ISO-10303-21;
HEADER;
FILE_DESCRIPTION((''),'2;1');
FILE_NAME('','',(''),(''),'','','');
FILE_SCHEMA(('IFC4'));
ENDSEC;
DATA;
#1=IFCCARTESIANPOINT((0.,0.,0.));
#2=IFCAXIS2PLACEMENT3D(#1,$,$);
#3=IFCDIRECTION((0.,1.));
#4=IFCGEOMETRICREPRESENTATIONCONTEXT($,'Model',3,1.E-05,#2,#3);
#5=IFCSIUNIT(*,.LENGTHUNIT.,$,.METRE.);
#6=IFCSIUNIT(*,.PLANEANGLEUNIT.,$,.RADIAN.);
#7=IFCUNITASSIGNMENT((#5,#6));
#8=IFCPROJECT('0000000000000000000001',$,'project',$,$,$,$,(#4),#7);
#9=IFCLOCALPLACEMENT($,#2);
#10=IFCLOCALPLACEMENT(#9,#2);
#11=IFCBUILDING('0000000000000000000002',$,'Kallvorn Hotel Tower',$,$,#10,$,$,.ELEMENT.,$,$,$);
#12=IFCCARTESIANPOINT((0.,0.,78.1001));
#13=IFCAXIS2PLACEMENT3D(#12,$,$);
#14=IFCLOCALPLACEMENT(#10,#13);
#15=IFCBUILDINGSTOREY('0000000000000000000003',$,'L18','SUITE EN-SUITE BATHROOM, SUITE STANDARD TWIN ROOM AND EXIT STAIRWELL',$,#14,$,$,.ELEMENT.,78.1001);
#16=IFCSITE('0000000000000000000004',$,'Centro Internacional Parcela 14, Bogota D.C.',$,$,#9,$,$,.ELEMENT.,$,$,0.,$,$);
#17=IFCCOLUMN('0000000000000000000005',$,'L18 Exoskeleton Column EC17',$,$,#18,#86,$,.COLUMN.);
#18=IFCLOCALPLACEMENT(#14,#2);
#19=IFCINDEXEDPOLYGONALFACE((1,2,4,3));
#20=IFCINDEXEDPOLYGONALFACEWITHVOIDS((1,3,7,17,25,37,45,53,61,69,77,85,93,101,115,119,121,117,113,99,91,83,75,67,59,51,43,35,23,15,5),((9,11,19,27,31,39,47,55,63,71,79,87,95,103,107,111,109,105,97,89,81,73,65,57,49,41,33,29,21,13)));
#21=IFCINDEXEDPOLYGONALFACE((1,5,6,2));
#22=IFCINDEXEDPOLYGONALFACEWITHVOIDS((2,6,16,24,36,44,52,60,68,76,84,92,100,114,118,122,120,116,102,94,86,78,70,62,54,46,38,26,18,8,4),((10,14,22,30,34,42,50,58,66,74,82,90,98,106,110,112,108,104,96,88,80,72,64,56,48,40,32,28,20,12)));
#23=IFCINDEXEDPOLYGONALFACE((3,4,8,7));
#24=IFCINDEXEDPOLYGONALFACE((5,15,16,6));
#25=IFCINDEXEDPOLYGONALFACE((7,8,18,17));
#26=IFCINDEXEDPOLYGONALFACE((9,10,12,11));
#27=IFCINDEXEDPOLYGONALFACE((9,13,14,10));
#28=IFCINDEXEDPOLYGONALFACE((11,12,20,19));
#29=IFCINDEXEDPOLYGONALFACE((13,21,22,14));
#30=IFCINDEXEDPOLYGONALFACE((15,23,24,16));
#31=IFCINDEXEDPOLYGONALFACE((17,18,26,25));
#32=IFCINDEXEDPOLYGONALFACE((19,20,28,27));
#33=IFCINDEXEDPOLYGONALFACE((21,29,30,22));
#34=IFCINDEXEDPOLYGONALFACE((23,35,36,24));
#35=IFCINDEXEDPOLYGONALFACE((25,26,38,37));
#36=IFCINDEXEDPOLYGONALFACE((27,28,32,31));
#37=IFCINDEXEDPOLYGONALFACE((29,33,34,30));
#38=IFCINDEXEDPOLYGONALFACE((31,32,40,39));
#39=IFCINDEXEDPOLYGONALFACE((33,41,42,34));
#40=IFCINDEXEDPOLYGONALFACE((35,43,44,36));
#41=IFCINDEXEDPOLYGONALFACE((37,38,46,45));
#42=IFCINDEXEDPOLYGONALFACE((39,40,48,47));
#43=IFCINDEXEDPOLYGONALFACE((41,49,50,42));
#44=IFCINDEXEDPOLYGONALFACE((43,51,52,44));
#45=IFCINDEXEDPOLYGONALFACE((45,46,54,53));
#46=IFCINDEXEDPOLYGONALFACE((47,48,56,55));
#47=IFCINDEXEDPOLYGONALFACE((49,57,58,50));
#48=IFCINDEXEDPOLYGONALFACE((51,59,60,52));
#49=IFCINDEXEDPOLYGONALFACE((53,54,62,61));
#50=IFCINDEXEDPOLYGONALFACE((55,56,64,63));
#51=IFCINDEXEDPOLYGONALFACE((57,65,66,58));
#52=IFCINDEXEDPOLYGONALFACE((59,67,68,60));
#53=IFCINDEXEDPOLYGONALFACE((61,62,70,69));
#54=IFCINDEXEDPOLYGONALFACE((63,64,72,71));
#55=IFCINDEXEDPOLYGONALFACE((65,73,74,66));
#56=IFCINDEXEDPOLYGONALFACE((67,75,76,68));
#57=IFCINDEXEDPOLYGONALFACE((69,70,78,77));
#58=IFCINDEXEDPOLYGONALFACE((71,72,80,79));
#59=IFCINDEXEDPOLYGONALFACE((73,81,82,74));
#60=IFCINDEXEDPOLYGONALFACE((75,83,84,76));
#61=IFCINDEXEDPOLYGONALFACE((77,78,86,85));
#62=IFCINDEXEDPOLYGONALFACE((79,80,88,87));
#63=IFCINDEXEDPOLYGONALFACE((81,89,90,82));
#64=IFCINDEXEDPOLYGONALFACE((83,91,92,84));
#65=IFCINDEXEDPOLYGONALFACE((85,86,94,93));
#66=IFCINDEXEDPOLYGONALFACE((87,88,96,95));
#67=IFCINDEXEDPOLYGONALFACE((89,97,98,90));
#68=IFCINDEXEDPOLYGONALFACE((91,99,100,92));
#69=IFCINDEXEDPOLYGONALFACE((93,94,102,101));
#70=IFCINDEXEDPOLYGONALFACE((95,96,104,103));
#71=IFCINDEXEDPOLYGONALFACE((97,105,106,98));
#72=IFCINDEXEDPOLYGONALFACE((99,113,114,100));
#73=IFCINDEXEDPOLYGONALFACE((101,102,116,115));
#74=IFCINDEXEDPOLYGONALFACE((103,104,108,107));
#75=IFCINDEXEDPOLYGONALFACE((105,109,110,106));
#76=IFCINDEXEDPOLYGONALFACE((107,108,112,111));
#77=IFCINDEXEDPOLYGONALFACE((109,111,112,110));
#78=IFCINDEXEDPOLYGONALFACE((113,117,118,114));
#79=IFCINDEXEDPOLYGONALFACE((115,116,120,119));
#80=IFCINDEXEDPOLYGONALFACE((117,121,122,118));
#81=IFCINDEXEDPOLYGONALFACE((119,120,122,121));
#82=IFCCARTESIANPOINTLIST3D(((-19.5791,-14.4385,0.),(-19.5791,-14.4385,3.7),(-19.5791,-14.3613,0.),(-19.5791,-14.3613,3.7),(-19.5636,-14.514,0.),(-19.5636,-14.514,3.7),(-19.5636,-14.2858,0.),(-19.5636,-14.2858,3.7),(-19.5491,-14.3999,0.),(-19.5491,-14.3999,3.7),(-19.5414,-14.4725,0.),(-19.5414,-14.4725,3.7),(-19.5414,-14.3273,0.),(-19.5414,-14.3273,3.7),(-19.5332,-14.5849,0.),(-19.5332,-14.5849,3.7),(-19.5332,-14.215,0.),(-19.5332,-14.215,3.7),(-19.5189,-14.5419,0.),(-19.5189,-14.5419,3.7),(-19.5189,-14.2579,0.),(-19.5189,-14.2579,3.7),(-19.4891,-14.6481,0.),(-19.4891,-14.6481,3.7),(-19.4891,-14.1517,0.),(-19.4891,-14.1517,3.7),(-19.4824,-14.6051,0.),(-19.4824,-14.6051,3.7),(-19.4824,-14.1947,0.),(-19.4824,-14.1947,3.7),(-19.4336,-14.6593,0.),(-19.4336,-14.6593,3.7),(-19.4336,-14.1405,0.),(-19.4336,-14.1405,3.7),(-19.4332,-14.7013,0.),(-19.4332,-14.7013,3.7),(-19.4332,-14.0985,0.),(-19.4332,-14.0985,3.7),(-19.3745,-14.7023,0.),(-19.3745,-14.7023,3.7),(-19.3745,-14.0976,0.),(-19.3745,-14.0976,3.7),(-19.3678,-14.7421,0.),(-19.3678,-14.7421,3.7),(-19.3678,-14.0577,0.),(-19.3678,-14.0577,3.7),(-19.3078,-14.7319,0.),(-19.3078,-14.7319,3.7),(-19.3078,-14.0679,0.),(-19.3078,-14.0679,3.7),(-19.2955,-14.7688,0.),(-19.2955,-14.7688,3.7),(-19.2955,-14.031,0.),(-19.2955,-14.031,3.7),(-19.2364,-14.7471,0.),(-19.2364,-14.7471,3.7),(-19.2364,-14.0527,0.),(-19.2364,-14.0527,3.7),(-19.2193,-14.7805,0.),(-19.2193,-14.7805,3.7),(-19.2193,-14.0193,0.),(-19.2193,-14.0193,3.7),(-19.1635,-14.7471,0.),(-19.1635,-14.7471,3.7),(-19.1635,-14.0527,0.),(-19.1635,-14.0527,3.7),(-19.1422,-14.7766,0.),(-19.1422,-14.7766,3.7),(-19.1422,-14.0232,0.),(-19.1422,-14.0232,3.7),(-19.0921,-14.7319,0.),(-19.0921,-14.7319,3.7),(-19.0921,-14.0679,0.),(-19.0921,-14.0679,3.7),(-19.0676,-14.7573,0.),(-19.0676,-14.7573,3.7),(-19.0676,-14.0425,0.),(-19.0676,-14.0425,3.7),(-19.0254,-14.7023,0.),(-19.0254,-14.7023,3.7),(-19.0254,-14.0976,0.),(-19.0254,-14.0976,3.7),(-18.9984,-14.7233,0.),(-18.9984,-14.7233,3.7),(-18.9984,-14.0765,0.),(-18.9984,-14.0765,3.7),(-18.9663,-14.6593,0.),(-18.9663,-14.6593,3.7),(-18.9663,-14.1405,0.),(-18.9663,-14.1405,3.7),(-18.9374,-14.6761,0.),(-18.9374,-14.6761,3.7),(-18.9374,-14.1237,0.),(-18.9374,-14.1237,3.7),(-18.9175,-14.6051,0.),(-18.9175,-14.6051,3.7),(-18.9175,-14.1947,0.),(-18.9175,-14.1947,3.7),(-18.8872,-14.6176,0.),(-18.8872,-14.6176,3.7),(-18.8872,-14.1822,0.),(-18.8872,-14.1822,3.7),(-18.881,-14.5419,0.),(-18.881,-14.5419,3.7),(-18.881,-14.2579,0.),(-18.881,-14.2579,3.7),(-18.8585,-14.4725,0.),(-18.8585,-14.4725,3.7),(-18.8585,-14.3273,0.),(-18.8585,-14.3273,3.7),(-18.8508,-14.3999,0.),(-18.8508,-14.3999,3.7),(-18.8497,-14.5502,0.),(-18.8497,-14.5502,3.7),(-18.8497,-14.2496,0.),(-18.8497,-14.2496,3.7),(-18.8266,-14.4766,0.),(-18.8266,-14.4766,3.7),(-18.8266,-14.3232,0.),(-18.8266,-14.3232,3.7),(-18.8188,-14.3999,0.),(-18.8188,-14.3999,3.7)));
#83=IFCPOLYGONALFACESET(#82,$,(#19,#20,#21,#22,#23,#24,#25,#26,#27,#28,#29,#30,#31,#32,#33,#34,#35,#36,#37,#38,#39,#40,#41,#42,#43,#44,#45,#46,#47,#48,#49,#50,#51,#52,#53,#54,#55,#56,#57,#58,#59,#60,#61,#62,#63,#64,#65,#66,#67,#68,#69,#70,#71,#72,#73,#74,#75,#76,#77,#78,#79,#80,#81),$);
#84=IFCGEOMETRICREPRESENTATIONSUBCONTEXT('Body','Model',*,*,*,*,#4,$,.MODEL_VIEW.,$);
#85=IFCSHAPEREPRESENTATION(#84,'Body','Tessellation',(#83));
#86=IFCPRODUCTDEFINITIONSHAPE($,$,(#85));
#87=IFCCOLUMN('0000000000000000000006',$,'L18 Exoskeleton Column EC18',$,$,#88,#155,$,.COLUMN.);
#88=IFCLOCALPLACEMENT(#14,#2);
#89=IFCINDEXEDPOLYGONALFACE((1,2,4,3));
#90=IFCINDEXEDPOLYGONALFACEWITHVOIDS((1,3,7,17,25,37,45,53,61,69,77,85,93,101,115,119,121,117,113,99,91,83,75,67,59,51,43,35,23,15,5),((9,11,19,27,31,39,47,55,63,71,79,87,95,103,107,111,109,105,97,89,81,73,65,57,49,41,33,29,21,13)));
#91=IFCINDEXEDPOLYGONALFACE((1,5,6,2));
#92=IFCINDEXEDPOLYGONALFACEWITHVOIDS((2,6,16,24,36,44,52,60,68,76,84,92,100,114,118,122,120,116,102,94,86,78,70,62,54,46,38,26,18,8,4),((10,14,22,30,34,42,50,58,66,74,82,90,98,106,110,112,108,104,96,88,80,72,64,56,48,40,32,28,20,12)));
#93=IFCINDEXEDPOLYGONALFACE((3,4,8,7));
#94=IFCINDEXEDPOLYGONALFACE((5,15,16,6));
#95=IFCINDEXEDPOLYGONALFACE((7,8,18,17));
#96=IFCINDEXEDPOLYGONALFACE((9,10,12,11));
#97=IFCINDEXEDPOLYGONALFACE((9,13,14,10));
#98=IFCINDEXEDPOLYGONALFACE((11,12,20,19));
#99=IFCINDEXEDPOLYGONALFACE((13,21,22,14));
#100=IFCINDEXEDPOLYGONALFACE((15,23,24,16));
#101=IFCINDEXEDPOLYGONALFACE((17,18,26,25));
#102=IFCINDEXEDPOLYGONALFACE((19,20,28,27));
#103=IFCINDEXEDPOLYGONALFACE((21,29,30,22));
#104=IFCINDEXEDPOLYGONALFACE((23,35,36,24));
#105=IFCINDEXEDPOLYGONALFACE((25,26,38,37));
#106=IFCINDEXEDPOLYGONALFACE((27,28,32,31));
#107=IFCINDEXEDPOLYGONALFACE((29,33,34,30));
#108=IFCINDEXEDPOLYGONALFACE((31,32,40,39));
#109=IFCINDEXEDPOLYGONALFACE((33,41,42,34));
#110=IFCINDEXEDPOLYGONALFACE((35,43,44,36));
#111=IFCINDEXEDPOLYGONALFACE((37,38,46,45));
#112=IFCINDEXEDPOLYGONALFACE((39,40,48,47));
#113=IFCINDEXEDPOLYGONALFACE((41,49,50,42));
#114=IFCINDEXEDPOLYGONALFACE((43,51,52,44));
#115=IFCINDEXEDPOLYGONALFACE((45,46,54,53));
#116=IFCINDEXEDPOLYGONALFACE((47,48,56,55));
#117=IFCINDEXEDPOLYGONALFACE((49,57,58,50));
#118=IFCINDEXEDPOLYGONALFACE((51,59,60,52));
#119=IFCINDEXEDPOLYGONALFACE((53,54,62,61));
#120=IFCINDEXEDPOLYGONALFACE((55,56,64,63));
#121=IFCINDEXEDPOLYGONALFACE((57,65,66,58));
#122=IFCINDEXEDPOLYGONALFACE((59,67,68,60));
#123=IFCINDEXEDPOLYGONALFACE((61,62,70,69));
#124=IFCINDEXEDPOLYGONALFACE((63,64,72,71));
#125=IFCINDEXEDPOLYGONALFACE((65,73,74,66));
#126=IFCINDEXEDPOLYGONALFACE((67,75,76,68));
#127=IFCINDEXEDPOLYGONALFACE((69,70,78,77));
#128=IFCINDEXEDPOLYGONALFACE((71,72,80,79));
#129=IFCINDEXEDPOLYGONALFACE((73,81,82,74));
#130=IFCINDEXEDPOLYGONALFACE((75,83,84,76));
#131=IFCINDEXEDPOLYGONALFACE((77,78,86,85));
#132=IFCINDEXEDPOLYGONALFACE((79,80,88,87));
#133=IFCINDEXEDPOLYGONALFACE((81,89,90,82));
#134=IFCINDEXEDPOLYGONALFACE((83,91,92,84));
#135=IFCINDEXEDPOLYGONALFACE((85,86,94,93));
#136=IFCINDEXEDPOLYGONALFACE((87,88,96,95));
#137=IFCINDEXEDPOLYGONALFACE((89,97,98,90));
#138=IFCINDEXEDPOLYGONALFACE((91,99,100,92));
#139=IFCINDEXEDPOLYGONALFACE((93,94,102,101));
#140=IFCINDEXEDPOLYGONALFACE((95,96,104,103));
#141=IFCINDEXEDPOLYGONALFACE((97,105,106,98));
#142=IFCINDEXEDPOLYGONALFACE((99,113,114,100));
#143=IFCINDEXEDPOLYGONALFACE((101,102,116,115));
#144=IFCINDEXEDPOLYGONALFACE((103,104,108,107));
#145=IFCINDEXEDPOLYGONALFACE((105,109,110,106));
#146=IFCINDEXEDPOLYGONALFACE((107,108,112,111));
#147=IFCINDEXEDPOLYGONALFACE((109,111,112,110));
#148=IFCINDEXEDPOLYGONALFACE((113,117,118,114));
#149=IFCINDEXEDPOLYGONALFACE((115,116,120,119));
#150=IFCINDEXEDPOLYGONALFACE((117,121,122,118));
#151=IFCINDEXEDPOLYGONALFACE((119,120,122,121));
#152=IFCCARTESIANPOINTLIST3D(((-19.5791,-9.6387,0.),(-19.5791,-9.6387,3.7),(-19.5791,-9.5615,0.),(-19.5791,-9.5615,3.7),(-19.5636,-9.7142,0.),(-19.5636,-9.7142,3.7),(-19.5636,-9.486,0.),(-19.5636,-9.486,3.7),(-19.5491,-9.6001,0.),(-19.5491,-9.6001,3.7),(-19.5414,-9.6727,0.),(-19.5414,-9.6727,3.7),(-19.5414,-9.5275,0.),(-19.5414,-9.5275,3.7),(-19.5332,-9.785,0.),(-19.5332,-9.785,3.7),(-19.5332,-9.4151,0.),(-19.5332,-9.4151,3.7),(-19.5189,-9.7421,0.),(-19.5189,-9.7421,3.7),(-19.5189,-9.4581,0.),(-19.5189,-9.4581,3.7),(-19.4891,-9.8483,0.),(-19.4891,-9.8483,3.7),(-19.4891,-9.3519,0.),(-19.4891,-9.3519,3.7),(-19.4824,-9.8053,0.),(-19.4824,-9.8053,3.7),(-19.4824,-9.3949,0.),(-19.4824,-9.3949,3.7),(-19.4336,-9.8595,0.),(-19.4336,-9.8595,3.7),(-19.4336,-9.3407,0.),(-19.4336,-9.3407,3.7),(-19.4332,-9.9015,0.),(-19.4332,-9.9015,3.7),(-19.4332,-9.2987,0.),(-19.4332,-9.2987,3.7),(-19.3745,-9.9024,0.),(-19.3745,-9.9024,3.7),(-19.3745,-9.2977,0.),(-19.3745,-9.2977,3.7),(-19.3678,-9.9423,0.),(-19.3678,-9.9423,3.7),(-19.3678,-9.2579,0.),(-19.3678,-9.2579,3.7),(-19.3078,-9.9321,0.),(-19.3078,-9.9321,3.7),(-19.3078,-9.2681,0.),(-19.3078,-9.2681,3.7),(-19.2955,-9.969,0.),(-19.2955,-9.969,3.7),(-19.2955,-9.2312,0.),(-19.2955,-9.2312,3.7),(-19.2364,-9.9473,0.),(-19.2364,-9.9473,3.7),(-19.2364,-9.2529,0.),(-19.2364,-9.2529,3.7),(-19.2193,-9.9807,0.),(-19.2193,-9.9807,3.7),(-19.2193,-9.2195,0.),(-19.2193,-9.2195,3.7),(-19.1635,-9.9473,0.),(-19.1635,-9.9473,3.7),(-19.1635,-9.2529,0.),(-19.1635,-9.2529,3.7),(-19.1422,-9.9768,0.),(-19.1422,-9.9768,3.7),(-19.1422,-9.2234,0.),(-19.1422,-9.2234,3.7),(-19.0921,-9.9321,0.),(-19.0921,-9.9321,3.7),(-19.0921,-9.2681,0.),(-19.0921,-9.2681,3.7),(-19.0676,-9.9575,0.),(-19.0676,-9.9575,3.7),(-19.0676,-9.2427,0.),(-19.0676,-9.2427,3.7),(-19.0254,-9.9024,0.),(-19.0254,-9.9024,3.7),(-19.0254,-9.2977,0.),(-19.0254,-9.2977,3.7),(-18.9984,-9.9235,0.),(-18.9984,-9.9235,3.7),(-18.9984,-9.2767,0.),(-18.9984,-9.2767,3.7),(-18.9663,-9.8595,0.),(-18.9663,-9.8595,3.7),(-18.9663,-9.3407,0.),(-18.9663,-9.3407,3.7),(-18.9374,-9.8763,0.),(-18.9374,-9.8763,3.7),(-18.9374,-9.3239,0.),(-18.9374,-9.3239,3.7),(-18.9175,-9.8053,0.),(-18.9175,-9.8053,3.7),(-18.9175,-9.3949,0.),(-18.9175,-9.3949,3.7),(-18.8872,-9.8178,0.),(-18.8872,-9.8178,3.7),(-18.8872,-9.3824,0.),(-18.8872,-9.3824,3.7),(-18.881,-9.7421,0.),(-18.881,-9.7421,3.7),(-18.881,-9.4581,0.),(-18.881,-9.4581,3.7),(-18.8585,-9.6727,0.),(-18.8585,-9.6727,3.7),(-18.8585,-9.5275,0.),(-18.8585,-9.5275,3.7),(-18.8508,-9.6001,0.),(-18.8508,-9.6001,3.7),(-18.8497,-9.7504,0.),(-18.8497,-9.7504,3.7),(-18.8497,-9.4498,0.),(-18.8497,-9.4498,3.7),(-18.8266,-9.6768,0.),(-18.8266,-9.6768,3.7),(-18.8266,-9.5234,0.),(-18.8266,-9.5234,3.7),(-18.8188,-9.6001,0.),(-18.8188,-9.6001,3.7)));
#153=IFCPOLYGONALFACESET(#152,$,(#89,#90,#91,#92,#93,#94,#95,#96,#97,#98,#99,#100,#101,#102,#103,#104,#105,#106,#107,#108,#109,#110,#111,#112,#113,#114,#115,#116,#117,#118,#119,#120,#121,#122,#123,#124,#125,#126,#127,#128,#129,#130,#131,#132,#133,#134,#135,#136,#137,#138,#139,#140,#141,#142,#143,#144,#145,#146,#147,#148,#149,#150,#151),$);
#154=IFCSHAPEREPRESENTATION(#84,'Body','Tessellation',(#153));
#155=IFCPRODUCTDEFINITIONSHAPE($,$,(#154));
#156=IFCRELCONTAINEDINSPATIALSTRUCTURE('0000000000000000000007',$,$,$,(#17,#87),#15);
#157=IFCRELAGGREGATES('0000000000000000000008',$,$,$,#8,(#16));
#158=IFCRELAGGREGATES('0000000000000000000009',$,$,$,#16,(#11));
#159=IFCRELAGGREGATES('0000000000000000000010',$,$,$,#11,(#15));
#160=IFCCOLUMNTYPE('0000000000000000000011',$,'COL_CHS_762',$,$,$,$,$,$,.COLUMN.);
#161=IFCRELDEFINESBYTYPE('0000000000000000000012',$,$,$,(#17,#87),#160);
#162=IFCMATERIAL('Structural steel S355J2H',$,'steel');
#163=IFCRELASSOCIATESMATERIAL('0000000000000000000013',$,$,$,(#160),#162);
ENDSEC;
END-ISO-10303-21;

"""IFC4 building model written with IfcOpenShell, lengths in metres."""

from ifc_helpers import new_model, si_unit, direction, frame, origin, origin_2d, place, context, subcontext, project, spatial, hollow_circle, extrude, material, material_profile, profile_set, type_object, element, save


model = new_model("IFC4")

# Units and contexts
model_context = context("Model", 3, precision=1e-05, world=origin(), true_north=direction((0.0, 1.0)))
body_context = subcontext(model_context, "Body", "Model", "MODEL_VIEW")
ifc_project = project(units=[si_unit("LENGTHUNIT", "METRE"), si_unit("PLANEANGLEUNIT", "RADIAN")], contexts=[model_context])

# Site, building, storey
site_placement = place(None, origin())
site = spatial("IfcSite", under=ifc_project, at=site_placement, Name="Centro Internacional Parcela 14, Bogota D.C.", CompositionType="ELEMENT", RefElevation=0.0)
building_placement = place(site_placement, origin())
building = spatial("IfcBuilding", under=site, at=building_placement, Name="Kallvorn Hotel Tower", CompositionType="ELEMENT")
storey_placement = place(building_placement, frame((0.0, 0.0, 78.1001)))
storey = spatial("IfcBuildingStorey", under=building, at=storey_placement, Name="L18", Description="SUITE EN-SUITE BATHROOM, SUITE STANDARD TWIN ROOM AND EXIT STAIRWELL", CompositionType="ELEMENT", Elevation=78.1001)

# Columns
ifc_material_1 = material(Name="Structural steel S355J2H", Category="steel")
ifc_material_profile_1 = material_profile(ifc_material_1, hollow_circle(Radius=0.3811, WallThickness=0.032, at=origin_2d()), Name="CHS 762x32")
ifc_profile_set_1 = profile_set([ifc_material_profile_1], Name="Structural steel S355J2H")
column_type_1 = type_object("IfcColumnType", Name="COL_CHS_762", PredefinedType="COLUMN", material=ifc_profile_set_1)
for number, where, z_axis, x_axis, name in (
    (1, (-19.2, -14.3999, 0.0), (0.0, 0.0, 1.0), (1.0, 0.0, 0.0), "L18 Exoskeleton Column EC17"),
    (2, (-19.2, -9.6001, 0.0), (0.0, 0.0, 1.0), (1.0, 0.0, 0.0), "L18 Exoskeleton Column EC18"),
):
    element("IfcColumn", number, at=place(storey_placement, frame(where, z_axis=z_axis, x_axis=x_axis)), inside=storey, type_object=column_type_1, Name=name, PredefinedType="COLUMN", context=body_context, shape_type="SweptSolid", body=[
        extrude(hollow_circle(Radius=0.3811, WallThickness=0.032, at=origin_2d()), origin(), (0.0, 0.0, 1.0), 3.7),
    ])

save(model, "model.ifc")
